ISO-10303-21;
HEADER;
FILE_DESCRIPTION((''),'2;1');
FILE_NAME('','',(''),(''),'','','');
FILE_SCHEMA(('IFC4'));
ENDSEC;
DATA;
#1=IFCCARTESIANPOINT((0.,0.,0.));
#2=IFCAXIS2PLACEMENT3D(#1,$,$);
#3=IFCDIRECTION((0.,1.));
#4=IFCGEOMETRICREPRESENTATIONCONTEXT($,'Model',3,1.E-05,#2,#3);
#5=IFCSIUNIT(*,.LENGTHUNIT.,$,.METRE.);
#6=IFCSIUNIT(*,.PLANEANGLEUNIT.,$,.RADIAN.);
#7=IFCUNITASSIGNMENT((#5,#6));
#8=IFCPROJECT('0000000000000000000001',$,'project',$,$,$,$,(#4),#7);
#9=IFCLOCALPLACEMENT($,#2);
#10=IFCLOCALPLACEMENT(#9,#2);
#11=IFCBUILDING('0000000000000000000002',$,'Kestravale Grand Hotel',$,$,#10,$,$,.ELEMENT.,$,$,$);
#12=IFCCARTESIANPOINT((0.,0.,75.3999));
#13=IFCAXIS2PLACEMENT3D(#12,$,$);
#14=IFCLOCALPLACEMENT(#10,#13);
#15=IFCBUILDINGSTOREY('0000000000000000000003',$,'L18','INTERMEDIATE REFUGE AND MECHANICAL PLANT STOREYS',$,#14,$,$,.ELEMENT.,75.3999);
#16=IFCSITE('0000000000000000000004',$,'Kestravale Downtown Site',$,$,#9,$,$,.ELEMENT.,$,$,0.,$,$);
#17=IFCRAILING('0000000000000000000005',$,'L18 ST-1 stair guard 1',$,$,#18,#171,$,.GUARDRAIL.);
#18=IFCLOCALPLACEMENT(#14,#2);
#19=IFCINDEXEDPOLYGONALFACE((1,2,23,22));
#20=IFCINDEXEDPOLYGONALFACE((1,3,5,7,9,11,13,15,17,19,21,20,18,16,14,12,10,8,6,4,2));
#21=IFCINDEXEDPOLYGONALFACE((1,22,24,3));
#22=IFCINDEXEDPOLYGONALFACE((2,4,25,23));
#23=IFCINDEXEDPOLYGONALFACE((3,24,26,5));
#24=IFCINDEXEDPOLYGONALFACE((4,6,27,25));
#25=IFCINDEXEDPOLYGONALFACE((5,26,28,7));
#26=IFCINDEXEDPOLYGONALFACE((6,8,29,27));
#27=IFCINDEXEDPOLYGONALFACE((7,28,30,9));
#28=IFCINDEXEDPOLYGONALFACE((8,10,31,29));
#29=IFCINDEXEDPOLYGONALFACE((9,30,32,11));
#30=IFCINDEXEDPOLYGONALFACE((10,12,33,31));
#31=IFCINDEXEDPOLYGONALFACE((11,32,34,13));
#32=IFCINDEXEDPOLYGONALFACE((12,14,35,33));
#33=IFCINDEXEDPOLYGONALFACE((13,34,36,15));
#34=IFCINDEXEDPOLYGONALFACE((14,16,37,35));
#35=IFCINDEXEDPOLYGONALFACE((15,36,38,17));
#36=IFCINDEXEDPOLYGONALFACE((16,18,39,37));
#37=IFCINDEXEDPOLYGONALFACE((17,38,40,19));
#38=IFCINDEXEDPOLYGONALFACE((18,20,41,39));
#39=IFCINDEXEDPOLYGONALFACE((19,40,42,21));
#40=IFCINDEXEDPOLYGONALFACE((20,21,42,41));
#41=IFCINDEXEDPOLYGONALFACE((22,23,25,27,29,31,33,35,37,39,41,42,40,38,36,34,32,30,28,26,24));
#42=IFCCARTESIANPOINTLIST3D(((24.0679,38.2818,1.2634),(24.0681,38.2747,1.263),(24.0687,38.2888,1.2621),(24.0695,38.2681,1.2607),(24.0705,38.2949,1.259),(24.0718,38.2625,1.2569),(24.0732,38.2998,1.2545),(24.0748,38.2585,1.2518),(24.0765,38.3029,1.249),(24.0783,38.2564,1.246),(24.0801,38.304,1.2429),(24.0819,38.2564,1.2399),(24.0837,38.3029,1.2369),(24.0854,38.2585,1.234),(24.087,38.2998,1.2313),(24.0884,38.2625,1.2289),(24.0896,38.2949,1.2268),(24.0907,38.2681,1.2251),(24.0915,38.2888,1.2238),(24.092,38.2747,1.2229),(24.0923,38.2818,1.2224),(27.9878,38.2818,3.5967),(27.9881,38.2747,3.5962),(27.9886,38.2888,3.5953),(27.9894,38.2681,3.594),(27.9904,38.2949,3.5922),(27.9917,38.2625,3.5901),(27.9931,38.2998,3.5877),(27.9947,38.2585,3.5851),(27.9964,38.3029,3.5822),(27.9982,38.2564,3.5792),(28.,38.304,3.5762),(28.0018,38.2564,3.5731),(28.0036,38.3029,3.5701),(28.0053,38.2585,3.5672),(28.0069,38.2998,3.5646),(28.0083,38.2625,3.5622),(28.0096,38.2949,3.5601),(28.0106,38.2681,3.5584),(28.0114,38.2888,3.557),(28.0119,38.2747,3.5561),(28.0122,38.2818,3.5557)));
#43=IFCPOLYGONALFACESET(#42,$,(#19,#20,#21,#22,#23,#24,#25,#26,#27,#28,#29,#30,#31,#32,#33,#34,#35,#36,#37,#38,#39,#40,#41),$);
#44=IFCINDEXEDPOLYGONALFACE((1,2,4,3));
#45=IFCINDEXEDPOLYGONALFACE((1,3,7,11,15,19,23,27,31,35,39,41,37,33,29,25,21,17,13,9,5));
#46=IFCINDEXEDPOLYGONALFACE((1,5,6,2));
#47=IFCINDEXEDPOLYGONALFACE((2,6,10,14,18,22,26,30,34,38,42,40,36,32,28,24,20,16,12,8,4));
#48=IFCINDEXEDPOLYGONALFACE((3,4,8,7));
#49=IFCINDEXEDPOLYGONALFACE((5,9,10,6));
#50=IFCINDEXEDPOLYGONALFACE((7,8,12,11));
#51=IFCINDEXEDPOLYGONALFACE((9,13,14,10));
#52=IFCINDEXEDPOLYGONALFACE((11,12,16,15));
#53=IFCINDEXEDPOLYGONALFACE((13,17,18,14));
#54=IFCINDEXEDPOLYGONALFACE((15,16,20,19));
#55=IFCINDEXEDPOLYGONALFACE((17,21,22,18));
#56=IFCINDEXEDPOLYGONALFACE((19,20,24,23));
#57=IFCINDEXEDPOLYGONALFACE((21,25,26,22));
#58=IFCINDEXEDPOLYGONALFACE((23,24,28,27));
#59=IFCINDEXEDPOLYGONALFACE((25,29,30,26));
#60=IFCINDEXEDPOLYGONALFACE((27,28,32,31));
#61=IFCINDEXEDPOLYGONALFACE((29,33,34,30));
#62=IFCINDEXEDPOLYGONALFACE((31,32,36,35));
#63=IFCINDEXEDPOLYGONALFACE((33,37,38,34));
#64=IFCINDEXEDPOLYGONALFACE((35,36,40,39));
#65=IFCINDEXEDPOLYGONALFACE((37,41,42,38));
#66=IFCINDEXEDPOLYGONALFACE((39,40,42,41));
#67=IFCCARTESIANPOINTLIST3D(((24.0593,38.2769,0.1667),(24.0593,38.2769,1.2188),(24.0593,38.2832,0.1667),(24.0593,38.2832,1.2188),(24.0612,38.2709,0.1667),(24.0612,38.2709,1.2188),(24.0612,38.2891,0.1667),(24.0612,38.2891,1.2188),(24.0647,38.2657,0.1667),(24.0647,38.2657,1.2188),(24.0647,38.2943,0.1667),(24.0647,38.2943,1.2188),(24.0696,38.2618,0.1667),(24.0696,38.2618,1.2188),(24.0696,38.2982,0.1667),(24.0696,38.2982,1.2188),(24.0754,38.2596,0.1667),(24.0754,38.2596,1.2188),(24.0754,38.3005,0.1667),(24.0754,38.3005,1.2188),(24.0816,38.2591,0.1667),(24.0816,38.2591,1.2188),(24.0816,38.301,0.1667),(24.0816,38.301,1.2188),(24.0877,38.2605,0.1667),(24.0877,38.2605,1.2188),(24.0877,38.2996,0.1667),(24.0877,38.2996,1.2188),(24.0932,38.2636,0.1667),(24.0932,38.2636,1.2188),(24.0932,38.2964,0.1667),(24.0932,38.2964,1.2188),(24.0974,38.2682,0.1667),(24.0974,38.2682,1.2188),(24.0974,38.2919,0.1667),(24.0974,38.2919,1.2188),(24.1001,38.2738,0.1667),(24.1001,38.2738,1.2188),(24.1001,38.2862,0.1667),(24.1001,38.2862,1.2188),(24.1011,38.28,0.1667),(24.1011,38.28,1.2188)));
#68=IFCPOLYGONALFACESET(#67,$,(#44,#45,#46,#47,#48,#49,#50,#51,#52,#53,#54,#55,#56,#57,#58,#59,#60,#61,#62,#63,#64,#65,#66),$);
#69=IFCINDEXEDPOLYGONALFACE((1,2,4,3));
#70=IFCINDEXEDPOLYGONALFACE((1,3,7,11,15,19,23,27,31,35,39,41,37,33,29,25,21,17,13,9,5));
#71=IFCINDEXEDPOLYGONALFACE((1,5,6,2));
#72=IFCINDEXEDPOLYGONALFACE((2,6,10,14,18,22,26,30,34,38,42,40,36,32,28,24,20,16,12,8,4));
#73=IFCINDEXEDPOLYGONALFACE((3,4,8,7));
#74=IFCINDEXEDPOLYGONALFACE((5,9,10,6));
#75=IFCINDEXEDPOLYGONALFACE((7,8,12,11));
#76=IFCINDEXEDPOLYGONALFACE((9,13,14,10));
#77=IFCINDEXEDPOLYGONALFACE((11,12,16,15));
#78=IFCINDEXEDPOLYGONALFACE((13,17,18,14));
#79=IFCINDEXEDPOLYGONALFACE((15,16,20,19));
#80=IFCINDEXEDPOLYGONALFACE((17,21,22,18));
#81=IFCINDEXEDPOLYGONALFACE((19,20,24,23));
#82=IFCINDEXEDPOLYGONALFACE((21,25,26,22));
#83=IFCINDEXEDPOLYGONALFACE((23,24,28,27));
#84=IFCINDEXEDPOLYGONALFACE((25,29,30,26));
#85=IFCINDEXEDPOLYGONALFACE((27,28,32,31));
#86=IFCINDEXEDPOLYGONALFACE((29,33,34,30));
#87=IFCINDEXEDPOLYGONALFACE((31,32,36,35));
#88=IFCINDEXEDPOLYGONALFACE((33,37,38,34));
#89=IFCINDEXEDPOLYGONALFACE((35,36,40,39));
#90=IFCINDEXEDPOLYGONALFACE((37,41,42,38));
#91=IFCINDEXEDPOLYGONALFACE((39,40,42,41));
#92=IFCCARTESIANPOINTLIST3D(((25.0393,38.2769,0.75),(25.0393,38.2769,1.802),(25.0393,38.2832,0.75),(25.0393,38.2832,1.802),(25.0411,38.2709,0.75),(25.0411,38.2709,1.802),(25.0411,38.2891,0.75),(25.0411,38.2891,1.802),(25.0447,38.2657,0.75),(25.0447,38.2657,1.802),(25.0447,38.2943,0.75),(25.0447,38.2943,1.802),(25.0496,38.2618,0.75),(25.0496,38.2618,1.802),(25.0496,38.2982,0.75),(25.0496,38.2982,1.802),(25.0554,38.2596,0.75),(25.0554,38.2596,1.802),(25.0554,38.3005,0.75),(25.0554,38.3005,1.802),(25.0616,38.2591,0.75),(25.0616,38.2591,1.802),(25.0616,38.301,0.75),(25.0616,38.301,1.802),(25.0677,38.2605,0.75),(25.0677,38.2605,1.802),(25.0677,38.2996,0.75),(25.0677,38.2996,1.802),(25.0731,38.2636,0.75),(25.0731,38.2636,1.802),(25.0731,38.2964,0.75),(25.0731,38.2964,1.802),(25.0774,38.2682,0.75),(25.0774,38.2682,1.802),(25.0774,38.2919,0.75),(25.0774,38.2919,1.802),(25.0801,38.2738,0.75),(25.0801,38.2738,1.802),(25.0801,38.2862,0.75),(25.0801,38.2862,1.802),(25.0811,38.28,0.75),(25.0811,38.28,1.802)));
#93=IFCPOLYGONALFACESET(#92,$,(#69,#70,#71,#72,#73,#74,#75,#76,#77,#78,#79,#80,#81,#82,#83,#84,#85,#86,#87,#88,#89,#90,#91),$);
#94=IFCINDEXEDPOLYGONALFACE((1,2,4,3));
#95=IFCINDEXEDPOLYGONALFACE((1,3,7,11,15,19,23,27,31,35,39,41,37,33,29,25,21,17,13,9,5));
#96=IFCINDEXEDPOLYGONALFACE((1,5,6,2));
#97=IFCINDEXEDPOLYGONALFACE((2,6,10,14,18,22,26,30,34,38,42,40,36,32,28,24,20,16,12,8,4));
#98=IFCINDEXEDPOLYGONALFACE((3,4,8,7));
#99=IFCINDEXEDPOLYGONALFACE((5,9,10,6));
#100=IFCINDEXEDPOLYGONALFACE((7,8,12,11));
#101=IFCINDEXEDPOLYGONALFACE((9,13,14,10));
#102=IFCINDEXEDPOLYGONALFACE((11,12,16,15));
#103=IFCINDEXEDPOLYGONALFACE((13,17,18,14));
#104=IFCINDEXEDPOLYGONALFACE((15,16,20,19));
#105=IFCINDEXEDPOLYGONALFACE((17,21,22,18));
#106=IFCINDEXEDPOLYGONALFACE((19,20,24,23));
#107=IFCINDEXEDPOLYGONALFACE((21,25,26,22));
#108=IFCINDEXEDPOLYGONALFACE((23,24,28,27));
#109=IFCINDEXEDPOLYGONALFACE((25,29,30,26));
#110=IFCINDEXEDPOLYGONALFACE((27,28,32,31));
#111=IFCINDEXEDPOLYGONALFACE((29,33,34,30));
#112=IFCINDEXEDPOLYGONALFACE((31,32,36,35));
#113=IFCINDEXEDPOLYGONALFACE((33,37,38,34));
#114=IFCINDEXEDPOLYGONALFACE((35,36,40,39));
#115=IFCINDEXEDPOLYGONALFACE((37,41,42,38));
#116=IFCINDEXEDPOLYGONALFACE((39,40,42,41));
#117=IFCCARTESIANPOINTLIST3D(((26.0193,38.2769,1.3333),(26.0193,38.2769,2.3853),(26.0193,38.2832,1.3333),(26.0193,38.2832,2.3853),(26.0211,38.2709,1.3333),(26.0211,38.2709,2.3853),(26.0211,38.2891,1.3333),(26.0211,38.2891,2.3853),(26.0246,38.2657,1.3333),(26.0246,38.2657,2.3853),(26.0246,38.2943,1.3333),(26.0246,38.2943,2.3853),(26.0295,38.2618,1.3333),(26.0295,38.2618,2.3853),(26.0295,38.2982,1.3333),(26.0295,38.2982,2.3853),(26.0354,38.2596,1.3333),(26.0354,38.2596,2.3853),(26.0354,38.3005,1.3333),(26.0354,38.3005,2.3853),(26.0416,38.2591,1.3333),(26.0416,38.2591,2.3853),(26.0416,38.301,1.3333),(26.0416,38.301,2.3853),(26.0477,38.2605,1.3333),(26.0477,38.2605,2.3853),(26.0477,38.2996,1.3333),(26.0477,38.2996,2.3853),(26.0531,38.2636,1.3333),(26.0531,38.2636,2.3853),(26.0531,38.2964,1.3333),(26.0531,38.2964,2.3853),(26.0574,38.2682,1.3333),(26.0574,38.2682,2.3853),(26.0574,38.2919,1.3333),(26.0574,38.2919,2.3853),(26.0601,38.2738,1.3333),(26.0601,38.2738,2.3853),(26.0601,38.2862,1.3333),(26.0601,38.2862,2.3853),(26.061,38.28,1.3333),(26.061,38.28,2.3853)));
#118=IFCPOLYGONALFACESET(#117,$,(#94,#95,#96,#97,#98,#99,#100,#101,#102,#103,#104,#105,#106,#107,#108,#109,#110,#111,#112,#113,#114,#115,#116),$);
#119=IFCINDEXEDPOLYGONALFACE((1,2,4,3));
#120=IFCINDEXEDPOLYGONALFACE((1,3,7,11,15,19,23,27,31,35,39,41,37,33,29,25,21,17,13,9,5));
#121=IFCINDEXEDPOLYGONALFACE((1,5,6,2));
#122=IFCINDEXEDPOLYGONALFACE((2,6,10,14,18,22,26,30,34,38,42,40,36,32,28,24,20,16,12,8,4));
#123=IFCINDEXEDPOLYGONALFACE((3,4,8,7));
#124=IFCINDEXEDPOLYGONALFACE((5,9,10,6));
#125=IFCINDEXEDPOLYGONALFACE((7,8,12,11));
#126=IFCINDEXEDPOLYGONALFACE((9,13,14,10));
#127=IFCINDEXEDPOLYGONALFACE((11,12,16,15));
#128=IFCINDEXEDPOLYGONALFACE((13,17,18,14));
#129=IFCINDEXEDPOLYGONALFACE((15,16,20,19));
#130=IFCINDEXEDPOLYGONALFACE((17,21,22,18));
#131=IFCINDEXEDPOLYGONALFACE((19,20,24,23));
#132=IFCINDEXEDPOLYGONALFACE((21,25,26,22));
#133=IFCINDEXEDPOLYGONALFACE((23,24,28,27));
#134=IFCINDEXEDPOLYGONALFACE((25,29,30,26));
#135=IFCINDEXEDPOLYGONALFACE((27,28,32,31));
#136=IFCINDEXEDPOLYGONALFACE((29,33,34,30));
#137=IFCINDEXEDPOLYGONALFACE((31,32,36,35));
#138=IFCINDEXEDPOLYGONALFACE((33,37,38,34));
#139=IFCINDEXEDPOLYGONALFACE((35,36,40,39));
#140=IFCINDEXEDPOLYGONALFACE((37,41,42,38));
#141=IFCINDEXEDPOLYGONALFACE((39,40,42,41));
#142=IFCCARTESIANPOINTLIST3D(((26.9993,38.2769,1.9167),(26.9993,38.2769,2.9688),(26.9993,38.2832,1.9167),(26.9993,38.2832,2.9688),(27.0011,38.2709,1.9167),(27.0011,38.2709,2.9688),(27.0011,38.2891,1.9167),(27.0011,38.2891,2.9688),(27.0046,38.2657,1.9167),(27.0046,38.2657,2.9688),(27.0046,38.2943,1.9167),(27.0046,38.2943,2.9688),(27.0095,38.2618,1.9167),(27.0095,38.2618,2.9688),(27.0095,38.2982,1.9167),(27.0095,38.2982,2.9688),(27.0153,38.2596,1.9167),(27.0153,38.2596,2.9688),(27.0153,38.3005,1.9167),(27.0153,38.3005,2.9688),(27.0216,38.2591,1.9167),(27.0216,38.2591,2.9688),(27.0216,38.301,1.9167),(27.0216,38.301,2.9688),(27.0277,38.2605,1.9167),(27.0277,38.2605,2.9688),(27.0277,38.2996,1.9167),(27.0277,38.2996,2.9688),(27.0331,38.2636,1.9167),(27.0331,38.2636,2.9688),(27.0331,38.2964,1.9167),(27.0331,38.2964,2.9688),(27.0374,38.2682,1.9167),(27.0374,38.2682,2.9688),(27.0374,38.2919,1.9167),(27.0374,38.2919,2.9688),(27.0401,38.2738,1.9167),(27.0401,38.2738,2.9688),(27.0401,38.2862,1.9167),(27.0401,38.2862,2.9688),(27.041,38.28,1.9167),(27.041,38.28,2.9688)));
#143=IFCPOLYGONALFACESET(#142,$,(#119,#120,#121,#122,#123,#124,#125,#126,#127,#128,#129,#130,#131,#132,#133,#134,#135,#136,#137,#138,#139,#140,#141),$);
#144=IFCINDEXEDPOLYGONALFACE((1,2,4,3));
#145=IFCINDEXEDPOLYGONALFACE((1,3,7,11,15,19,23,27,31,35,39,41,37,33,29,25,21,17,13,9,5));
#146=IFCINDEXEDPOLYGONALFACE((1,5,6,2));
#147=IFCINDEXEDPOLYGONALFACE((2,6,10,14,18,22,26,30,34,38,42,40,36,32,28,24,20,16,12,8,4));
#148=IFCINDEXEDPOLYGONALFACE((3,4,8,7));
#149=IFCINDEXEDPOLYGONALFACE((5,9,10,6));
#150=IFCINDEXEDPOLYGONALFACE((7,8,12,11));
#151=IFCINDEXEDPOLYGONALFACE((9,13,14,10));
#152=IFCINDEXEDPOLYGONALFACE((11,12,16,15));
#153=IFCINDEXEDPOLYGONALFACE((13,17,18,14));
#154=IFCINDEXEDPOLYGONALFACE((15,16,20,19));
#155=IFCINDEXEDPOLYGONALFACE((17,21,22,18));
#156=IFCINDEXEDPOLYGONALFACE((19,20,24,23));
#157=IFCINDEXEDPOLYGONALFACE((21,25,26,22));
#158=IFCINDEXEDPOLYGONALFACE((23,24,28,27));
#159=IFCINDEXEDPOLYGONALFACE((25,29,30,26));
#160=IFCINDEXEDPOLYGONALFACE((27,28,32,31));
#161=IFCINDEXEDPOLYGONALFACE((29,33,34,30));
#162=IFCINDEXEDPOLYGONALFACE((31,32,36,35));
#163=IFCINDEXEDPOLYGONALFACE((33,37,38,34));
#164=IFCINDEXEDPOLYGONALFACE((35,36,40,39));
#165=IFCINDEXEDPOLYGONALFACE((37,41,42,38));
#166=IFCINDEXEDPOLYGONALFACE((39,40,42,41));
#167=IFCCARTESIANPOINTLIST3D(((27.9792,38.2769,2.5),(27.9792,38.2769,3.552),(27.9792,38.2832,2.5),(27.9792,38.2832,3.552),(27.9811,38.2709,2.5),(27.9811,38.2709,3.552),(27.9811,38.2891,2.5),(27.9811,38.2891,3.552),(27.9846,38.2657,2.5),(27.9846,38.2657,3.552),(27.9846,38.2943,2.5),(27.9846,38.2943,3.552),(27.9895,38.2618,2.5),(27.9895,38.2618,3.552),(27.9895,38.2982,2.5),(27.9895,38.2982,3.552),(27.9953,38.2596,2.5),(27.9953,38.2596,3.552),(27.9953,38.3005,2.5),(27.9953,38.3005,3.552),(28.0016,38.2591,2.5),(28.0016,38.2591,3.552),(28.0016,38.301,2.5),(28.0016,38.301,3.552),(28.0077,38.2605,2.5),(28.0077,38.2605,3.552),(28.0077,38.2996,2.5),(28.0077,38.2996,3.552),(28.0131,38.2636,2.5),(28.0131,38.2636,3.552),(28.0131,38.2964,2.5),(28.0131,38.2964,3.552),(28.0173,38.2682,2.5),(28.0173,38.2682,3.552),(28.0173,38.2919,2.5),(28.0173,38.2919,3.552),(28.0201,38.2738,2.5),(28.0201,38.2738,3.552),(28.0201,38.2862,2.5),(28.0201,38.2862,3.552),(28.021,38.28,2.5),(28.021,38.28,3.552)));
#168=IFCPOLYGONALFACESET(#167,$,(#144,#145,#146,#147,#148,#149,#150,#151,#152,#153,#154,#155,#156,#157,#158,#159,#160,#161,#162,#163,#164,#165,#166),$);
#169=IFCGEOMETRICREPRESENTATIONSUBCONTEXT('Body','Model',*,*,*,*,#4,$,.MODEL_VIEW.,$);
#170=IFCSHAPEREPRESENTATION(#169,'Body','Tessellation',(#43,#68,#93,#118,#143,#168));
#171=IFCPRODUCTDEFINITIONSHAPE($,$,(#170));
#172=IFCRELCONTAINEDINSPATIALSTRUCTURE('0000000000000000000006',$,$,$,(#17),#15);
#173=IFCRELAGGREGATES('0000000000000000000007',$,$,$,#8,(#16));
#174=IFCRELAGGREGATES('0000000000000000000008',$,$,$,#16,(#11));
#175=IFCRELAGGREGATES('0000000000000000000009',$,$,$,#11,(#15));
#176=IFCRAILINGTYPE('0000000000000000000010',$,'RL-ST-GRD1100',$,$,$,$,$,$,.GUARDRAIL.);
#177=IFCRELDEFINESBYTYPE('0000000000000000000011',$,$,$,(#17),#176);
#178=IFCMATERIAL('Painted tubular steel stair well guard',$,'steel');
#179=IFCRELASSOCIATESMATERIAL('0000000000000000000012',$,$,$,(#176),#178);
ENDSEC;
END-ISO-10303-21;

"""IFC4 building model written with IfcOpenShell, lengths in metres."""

from ifc_helpers import new_model, si_unit, direction, frame, origin, origin_2d, place, context, subcontext, project, spatial, circle, extrude, material, type_object, element, save


model = new_model("IFC4")

# Units and contexts
model_context = context("Model", 3, precision=1e-05, world=origin(), true_north=direction((0.0, 1.0)))
body_context = subcontext(model_context, "Body", "Model", "MODEL_VIEW")
ifc_project = project(units=[si_unit("LENGTHUNIT", "METRE"), si_unit("PLANEANGLEUNIT", "RADIAN")], contexts=[model_context])

# Site, building, storey
site_placement = place(None, origin())
site = spatial("IfcSite", under=ifc_project, at=site_placement, Name="Kestravale Downtown Site", CompositionType="ELEMENT", RefElevation=0.0)
building_placement = place(site_placement, origin())
building = spatial("IfcBuilding", under=site, at=building_placement, Name="Kestravale Grand Hotel", CompositionType="ELEMENT")
storey_placement = place(building_placement, frame((0.0, 0.0, 75.3999)))
storey = spatial("IfcBuildingStorey", under=building, at=storey_placement, Name="L18", Description="INTERMEDIATE REFUGE AND MECHANICAL PLANT STOREYS", CompositionType="ELEMENT", Elevation=75.3999)

# Railing
ifc_material_1 = material(Name="Painted tubular steel stair well guard", Category="steel")
railing_type_1 = type_object("IfcRailingType", Name="RL-ST-GRD1100", PredefinedType="GUARDRAIL", material=ifc_material_1)
railing_1_placement = place(storey_placement, frame((24.0801, 38.28, 0.1667)))
element("IfcRailing", 1, at=railing_1_placement, inside=storey, type_object=railing_type_1, Name="L18 ST-1 stair guard 1", PredefinedType="GUARDRAIL", context=body_context, shape_type="SweptSolid", body=[
    extrude(circle(Radius=0.0239, at=origin_2d()), frame((0.0, 0.0, 1.0762), z_axis=(0.859296, 0.0, 0.511478), x_axis=(0.0, 1.0, 0.0)), (0.0, 0.0, 1.0), 4.5618),
    extrude(circle(Radius=0.021, at=origin_2d()), origin(), (0.0, 0.0, 1.0), 1.052),
    extrude(circle(Radius=0.021, at=origin_2d()), frame((0.98, 0.0, 0.5833)), (0.0, 0.0, 1.0), 1.052),
    extrude(circle(Radius=0.021, at=origin_2d()), frame((1.96, 0.0, 1.1665)), (0.0, 0.0, 1.0), 1.052),
    extrude(circle(Radius=0.021, at=origin_2d()), frame((2.9399, 0.0, 1.75)), (0.0, 0.0, 1.0), 1.052),
    extrude(circle(Radius=0.021, at=origin_2d()), frame((3.9199, 0.0, 2.3333)), (0.0, 0.0, 1.0), 1.052),
])

save(model, "model.ifc")
